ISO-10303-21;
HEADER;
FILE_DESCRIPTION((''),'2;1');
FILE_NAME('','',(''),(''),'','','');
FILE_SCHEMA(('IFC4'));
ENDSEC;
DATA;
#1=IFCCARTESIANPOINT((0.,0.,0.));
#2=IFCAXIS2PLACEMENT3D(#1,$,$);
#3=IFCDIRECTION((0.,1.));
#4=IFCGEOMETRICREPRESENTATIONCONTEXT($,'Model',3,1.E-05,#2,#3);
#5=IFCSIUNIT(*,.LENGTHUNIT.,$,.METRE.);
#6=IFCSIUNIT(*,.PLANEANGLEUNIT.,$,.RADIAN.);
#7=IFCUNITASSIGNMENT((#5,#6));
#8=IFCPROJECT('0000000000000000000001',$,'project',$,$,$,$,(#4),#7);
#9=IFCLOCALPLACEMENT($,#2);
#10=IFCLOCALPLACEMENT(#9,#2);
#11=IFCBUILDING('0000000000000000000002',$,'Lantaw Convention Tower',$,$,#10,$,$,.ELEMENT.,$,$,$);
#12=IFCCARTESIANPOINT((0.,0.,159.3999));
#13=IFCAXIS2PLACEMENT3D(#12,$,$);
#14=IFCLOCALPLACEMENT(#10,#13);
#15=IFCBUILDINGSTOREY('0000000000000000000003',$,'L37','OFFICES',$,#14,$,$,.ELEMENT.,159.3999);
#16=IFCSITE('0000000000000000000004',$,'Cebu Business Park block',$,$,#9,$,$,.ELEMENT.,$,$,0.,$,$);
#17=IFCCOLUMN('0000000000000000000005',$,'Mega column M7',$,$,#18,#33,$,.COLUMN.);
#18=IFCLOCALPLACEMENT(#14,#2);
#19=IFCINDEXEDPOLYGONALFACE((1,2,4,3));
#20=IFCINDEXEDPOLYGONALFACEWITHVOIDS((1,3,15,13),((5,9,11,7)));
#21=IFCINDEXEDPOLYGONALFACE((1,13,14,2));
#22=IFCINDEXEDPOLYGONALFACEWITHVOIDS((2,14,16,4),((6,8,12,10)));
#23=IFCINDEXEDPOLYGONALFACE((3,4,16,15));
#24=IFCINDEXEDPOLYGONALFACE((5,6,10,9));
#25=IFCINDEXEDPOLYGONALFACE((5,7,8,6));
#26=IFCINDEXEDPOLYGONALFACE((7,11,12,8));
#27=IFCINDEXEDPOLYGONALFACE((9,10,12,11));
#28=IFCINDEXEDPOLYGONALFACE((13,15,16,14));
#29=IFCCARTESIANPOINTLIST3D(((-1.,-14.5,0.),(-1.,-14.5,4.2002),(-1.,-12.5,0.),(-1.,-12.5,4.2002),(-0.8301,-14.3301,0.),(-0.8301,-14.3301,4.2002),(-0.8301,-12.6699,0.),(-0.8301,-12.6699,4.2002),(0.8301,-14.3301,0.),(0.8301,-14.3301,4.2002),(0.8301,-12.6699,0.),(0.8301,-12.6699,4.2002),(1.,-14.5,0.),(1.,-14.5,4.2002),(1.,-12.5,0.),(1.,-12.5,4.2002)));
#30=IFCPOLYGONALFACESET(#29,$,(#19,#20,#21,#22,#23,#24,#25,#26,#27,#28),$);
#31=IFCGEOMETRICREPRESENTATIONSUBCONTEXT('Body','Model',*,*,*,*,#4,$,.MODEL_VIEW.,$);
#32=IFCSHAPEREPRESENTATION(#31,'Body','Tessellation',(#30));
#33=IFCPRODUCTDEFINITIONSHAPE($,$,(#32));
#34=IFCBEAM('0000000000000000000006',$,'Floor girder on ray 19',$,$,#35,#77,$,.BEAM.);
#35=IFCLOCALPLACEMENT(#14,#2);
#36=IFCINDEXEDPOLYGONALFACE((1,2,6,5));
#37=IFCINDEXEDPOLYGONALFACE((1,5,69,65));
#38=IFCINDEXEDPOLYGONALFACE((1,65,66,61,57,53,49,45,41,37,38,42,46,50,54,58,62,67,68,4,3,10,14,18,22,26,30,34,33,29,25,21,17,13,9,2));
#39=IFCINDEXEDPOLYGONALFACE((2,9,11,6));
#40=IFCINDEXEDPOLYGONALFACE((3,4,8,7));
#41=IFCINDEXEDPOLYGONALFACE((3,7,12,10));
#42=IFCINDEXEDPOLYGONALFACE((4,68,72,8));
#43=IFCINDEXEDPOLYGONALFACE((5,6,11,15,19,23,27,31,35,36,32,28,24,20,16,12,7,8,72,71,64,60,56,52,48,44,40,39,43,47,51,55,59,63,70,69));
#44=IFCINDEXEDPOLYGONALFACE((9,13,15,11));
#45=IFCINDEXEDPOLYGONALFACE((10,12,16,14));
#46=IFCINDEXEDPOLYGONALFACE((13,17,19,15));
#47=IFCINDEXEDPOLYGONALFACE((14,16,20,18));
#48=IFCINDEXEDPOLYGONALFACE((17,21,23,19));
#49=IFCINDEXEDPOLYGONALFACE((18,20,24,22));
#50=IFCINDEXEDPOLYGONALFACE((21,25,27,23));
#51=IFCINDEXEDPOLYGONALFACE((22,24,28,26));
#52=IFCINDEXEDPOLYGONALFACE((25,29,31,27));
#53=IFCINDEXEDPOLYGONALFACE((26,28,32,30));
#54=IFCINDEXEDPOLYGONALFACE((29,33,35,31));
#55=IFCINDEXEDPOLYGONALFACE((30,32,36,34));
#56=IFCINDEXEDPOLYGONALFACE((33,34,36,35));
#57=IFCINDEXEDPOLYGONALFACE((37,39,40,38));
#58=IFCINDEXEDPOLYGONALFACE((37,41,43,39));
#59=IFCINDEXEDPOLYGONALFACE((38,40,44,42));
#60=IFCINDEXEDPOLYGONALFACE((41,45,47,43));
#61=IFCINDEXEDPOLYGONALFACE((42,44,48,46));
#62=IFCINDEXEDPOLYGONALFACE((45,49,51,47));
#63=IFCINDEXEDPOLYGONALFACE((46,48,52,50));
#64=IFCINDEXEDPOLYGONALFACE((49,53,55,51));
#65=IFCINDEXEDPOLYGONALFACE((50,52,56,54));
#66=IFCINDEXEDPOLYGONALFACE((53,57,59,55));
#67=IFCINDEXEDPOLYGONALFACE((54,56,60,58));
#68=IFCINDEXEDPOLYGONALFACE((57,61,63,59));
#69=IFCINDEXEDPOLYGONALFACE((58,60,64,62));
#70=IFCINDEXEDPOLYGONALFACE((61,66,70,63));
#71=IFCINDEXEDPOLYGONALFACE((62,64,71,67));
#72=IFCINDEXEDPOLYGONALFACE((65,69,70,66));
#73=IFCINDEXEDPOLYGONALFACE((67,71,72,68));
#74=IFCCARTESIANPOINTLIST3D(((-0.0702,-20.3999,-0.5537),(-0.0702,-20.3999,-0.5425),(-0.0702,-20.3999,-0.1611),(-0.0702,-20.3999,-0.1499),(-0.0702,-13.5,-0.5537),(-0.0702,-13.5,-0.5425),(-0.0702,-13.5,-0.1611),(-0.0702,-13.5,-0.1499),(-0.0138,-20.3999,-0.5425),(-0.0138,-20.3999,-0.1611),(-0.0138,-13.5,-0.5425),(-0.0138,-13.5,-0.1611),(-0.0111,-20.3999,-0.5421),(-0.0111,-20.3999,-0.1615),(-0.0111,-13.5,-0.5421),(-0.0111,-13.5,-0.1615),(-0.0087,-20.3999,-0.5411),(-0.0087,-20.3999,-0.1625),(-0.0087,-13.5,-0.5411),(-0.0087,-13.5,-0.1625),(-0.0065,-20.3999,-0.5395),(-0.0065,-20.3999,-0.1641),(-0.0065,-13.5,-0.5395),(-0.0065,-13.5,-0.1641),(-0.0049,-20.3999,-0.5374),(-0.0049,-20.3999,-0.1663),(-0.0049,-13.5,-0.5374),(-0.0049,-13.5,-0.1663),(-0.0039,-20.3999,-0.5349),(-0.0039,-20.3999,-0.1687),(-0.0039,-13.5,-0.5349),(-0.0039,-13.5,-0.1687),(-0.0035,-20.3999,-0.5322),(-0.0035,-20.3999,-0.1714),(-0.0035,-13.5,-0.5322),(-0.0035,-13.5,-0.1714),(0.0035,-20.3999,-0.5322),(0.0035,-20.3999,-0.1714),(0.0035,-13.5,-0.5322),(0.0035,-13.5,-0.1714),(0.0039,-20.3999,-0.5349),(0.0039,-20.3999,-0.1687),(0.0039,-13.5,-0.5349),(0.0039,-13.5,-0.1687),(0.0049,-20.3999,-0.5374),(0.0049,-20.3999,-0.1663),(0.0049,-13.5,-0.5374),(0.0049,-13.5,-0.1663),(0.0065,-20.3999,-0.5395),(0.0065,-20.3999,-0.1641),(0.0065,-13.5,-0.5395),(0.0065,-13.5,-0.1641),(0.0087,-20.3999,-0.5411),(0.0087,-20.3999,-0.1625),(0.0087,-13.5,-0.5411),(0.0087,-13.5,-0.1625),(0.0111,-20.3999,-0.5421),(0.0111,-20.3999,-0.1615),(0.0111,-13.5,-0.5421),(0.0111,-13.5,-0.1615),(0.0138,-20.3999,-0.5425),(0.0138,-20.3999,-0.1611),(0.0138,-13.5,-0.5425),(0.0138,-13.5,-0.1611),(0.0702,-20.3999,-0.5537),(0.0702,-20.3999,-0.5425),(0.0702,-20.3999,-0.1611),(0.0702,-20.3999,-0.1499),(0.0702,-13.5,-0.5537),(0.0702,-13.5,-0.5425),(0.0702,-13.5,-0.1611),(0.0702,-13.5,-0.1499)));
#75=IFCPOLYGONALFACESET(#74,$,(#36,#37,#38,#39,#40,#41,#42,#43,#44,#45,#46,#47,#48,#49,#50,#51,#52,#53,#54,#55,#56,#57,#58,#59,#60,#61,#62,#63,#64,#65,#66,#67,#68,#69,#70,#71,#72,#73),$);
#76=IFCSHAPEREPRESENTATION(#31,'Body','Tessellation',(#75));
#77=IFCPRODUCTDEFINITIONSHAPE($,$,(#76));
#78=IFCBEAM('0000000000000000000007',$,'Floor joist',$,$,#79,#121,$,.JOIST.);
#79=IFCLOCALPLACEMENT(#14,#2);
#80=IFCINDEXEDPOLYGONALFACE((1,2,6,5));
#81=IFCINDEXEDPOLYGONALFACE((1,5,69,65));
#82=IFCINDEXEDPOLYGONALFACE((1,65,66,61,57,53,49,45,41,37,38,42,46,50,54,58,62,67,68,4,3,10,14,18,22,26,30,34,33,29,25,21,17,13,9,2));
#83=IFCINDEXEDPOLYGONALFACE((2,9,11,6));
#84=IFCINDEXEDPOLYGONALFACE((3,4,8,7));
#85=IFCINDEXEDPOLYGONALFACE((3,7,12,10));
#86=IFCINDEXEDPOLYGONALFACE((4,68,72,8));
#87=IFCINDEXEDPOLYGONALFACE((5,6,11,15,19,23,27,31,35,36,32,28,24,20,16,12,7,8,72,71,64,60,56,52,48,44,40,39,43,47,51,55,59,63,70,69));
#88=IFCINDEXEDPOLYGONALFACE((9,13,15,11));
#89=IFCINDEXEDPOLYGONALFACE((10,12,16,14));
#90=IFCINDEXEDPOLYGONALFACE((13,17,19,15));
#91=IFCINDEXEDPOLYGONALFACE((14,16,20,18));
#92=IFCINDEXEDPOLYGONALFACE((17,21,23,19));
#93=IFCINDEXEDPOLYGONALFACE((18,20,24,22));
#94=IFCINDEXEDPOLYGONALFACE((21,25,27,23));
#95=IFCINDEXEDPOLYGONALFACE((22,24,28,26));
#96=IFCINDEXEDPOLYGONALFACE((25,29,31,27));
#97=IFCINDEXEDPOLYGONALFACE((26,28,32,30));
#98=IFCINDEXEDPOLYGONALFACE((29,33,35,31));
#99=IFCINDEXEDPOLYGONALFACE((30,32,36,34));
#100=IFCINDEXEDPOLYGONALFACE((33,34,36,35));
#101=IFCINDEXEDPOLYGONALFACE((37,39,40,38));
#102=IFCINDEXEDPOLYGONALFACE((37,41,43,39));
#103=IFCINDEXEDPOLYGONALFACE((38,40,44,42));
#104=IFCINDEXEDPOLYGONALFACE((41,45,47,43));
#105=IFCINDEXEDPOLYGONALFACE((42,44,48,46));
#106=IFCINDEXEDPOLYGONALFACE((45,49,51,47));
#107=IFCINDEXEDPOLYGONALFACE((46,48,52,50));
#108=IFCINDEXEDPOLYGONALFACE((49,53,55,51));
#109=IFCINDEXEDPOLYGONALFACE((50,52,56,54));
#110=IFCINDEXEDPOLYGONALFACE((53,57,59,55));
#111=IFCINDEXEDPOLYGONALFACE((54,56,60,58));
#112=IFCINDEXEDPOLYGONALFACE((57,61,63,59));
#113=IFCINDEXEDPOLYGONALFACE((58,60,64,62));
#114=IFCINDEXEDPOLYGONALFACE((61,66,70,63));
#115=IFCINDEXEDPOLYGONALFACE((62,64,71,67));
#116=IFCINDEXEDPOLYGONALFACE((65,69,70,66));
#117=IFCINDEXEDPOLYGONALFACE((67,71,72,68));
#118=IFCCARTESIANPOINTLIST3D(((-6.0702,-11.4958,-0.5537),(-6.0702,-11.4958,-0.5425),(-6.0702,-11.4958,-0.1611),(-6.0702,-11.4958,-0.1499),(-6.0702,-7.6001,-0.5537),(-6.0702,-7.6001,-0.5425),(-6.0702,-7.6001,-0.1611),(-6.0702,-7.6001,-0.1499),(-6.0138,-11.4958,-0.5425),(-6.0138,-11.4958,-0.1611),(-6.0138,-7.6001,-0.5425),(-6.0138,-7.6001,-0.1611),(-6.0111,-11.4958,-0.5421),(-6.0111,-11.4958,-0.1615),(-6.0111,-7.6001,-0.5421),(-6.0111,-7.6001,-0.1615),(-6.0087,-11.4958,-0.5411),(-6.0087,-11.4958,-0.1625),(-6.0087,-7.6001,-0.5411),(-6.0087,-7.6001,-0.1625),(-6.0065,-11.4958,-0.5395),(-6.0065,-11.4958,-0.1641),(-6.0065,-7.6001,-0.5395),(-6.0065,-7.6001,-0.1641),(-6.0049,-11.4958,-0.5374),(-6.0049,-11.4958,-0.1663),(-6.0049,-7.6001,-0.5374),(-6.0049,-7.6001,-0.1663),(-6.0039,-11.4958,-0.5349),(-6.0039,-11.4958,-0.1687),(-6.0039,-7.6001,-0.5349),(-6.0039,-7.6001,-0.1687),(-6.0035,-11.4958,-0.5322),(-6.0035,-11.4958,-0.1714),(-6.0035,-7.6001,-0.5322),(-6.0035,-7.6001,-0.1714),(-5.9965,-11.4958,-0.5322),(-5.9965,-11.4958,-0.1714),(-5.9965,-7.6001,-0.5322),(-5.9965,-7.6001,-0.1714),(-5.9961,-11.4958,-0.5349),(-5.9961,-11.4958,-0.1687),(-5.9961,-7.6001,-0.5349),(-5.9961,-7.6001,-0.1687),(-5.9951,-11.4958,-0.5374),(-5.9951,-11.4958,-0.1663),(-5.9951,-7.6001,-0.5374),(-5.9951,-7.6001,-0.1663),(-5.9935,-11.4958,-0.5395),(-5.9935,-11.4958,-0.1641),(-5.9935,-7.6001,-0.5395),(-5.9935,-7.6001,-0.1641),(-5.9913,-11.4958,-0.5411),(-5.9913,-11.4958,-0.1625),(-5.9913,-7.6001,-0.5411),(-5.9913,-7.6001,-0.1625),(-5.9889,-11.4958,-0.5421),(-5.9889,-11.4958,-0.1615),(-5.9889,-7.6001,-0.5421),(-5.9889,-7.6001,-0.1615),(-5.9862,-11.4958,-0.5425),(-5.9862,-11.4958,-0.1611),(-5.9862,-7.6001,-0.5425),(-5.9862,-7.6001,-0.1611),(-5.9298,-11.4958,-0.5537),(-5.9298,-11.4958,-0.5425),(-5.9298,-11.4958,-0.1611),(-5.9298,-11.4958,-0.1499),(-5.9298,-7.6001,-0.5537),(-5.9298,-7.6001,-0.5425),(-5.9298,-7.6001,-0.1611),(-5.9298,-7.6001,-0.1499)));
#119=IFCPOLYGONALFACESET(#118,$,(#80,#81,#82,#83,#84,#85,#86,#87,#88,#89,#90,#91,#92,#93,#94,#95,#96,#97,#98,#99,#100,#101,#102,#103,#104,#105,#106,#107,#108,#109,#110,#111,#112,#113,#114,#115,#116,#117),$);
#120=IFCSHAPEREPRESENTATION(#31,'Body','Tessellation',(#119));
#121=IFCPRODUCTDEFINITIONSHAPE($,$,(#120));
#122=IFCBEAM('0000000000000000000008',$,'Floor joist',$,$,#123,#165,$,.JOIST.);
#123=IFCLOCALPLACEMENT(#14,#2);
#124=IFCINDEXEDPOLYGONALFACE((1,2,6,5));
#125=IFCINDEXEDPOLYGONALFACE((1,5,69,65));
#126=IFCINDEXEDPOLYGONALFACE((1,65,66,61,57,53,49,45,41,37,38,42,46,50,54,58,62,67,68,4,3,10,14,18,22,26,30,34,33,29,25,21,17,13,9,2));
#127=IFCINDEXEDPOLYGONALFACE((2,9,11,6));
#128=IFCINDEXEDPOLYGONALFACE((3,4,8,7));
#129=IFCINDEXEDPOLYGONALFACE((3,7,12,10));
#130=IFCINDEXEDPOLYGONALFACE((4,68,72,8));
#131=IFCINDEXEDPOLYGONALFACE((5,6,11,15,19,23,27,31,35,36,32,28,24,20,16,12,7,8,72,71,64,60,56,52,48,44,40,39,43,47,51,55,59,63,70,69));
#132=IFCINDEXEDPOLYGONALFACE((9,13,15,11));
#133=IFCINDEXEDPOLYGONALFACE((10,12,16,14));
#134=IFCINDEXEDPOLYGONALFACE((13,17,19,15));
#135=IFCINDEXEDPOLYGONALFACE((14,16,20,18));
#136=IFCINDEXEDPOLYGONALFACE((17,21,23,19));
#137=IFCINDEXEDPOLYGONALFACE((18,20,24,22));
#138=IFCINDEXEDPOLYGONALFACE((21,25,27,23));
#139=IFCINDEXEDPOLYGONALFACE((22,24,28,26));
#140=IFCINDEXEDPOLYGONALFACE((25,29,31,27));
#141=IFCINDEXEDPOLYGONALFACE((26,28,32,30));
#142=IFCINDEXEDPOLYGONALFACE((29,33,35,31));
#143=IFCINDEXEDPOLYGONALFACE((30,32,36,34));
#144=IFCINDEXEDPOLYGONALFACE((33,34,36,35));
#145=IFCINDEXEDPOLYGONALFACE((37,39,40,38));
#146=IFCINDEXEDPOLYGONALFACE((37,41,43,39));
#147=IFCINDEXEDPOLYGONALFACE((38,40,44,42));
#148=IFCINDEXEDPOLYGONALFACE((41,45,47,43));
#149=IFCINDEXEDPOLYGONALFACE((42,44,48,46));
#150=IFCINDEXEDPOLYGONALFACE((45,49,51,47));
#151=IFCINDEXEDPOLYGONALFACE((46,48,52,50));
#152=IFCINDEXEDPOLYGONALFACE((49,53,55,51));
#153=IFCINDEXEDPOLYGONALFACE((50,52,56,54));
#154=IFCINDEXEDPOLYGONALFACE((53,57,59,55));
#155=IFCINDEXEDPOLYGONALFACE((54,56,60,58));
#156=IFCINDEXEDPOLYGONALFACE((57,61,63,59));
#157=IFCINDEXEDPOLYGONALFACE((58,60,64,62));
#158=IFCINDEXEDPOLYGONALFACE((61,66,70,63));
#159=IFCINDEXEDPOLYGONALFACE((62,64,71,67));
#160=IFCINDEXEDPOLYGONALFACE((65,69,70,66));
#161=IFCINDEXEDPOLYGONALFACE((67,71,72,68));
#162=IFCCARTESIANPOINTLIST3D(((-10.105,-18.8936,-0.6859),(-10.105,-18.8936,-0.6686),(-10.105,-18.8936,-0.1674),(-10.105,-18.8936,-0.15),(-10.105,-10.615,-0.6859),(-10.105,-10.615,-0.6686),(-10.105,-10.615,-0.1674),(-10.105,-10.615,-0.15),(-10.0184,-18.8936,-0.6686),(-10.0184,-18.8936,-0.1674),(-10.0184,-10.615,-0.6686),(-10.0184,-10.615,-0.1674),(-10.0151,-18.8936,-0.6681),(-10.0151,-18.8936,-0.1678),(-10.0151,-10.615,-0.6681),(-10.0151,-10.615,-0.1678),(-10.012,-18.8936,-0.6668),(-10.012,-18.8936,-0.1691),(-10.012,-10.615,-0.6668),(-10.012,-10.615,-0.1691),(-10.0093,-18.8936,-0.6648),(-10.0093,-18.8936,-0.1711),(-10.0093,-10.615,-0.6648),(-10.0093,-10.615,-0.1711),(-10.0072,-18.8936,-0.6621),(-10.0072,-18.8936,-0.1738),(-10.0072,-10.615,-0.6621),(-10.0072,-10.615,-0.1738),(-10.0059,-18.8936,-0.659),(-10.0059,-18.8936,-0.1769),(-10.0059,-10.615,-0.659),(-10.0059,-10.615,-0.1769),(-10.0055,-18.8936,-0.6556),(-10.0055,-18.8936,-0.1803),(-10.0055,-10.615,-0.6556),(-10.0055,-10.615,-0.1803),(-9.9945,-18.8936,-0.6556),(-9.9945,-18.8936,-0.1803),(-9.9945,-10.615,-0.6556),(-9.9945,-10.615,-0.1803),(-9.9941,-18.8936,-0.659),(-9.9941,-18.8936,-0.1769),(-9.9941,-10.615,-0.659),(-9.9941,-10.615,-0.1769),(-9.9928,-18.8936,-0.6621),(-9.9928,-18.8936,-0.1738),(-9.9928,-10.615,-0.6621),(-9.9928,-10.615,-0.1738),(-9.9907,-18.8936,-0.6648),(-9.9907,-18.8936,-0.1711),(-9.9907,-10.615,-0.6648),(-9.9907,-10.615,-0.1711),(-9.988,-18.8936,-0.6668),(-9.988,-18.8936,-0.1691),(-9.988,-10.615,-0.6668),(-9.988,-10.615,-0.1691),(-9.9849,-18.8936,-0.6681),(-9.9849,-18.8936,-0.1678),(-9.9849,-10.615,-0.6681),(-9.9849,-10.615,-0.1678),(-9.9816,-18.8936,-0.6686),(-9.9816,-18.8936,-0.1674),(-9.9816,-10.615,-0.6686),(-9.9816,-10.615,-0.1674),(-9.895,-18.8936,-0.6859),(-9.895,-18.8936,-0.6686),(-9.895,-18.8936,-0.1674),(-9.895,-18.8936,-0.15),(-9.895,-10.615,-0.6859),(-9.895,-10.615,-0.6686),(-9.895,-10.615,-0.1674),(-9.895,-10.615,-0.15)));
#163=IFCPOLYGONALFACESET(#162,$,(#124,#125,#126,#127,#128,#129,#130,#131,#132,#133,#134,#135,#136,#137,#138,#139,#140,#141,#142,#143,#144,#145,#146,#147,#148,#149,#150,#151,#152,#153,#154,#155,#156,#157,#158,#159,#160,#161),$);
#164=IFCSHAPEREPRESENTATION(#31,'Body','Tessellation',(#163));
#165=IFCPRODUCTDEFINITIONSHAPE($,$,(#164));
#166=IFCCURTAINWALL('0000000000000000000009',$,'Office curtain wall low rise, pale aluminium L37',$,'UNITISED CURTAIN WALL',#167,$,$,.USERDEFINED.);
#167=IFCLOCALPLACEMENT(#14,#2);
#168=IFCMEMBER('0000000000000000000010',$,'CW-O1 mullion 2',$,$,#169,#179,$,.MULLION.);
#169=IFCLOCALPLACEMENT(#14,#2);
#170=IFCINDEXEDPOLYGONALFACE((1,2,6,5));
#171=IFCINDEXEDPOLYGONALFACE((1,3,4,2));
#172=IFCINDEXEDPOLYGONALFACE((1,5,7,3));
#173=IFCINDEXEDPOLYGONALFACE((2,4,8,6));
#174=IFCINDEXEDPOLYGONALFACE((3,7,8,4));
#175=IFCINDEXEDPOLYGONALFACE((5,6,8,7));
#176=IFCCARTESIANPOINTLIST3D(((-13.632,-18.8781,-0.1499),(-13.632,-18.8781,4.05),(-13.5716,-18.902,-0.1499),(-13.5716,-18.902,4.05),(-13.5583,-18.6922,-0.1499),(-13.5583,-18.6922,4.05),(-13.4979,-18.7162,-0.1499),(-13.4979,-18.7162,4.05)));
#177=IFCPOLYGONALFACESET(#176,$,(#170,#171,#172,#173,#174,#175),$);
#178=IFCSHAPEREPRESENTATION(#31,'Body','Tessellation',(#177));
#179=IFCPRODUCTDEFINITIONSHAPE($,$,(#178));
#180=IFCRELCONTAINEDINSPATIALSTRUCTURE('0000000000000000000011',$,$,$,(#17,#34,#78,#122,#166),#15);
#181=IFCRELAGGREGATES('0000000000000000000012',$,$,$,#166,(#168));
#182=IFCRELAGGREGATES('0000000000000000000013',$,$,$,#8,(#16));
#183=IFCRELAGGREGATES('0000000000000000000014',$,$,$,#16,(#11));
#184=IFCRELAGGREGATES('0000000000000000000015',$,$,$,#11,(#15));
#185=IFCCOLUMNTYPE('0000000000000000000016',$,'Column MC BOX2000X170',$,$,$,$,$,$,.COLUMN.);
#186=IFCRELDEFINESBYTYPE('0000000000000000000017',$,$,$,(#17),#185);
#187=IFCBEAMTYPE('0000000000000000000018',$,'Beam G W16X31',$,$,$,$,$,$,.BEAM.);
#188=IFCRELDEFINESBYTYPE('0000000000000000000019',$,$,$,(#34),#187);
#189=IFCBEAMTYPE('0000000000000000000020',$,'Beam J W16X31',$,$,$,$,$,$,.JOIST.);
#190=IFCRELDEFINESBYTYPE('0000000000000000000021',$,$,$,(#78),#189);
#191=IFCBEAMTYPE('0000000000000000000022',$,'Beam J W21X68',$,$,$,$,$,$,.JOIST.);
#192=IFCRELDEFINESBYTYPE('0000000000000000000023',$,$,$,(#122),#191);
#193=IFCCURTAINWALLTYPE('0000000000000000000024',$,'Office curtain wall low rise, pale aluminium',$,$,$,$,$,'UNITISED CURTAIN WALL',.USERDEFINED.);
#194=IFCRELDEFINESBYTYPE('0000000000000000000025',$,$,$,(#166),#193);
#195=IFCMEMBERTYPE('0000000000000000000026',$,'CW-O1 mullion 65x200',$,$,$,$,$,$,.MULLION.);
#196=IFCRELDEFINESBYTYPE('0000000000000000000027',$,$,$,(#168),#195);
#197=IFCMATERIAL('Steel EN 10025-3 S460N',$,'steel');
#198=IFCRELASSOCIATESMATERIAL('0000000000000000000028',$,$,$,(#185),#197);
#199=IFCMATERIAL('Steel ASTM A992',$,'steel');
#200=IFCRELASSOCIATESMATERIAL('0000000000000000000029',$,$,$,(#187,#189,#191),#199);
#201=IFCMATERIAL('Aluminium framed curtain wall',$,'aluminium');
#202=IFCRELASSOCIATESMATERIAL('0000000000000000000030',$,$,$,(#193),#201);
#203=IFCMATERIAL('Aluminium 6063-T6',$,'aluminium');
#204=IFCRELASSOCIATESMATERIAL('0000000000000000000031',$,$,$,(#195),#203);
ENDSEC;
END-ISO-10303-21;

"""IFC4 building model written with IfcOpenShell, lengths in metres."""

from ifc_helpers import new_model, si_unit, direction, frame, origin, origin_2d, place, context, subcontext, project, spatial, rectangle, hollow_rectangle, i_section, extrude, material, material_profile, profile_set, type_object, element, aggregate, save


model = new_model("IFC4")

# Units and contexts
model_context = context("Model", 3, precision=1e-05, world=origin(), true_north=direction((0.0, 1.0)))
body_context = subcontext(model_context, "Body", "Model", "MODEL_VIEW")
ifc_project = project(units=[si_unit("LENGTHUNIT", "METRE"), si_unit("PLANEANGLEUNIT", "RADIAN")], contexts=[model_context])

# Site, building, storey
site_placement = place(None, origin())
site = spatial("IfcSite", under=ifc_project, at=site_placement, Name="Cebu Business Park block", CompositionType="ELEMENT", RefElevation=0.0)
building_placement = place(site_placement, origin())
building = spatial("IfcBuilding", under=site, at=building_placement, Name="Lantaw Convention Tower", CompositionType="ELEMENT")
storey_placement = place(building_placement, frame((0.0, 0.0, 159.3999)))
storey = spatial("IfcBuildingStorey", under=building, at=storey_placement, Name="L37", Description="OFFICES", CompositionType="ELEMENT", Elevation=159.3999)

# Column
ifc_material_1 = material(Name="Steel EN 10025-3 S460N", Category="steel")
ifc_material_profile_1 = material_profile(ifc_material_1, hollow_rectangle(XDim=2.0, YDim=2.0, WallThickness=0.1699, at=origin_2d()), Name="BOX2000X170")
ifc_material_2 = material(Name="Concrete C60/75", Category="concrete")
ifc_material_profile_2 = material_profile(ifc_material_2, rectangle(XDim=1.6599, YDim=1.6599, at=origin_2d()), Name="Concrete fill of BOX2000X170")
ifc_profile_set_1 = profile_set([ifc_material_profile_1, ifc_material_profile_2], Name="Steel EN 10025-3 S460N")
column_type = type_object("IfcColumnType", Name="Column MC BOX2000X170", PredefinedType="COLUMN", material=ifc_profile_set_1)
column_placement = place(storey_placement, frame((0.0, -13.5, 0.0), z_axis=(0.0, 0.0, 1.0), x_axis=(1.0, 0.0, 0.0)))
element("IfcColumn", 1, at=column_placement, inside=storey, type_object=column_type, Name="Mega column M7", PredefinedType="COLUMN", context=body_context, shape_type="SweptSolid", body=[
    extrude(hollow_rectangle(XDim=2.0, YDim=2.0, WallThickness=0.1699, at=origin_2d()), origin(), (0.0, 0.0, 1.0), 4.2002),
])

# Beams
ifc_material_3 = material(Name="Steel ASTM A992", Category="steel")
ifc_material_profile_3 = material_profile(ifc_material_3, i_section(OverallWidth=0.1404, OverallDepth=0.4038, WebThickness=0.0071, FlangeThickness=0.0112, FilletRadius=0.0103, at=origin_2d()), Name="W16X31")
ifc_profile_set_2 = profile_set([ifc_material_profile_3], Name="Steel ASTM A992")
beam_type_1 = type_object("IfcBeamType", Name="Beam G W16X31", PredefinedType="BEAM", material=ifc_profile_set_2)
beam_1_placement = place(storey_placement, frame((0.0, -13.5, -0.3518), z_axis=(0.0, -1.0, 0.0), x_axis=(1.0, 0.0, 0.0)))
element("IfcBeam", 2, at=beam_1_placement, inside=storey, type_object=beam_type_1, Name="Floor girder on ray 19", PredefinedType="BEAM", context=body_context, shape_type="SweptSolid", body=[
    extrude(i_section(OverallWidth=0.1404, OverallDepth=0.4038, WebThickness=0.0071, FlangeThickness=0.0112, FilletRadius=0.0103, at=origin_2d()), origin(), (0.0, 0.0, 1.0), 6.8999),
])
ifc_material_profile_4 = material_profile(ifc_material_3, i_section(OverallWidth=0.1404, OverallDepth=0.4038, WebThickness=0.0071, FlangeThickness=0.0112, FilletRadius=0.0103, at=origin_2d()), Name="W16X31")
ifc_profile_set_3 = profile_set([ifc_material_profile_4], Name="Steel ASTM A992")
beam_type_2 = type_object("IfcBeamType", Name="Beam J W16X31", PredefinedType="JOIST", material=ifc_profile_set_3)
beam_2_placement = place(storey_placement, frame((-6.0, -11.4958, -0.3518), z_axis=(0.0, 1.0, 0.0), x_axis=(-1.0, 0.0, 0.0)))
element("IfcBeam", 3, at=beam_2_placement, inside=storey, type_object=beam_type_2, Name="Floor joist", PredefinedType="JOIST", context=body_context, shape_type="SweptSolid", body=[
    extrude(i_section(OverallWidth=0.1404, OverallDepth=0.4038, WebThickness=0.0071, FlangeThickness=0.0112, FilletRadius=0.0103, at=origin_2d()), origin(), (0.0, 0.0, 1.0), 3.8958),
])
ifc_material_profile_5 = material_profile(ifc_material_3, i_section(OverallWidth=0.21, OverallDepth=0.5359, WebThickness=0.011, FlangeThickness=0.0173, FilletRadius=0.0129, at=origin_2d()), Name="W21X68")
ifc_profile_set_4 = profile_set([ifc_material_profile_5], Name="Steel ASTM A992")
beam_type_3 = type_object("IfcBeamType", Name="Beam J W21X68", PredefinedType="JOIST", material=ifc_profile_set_4)
beam_3_placement = place(storey_placement, frame((-10.0, -18.8936, -0.418), z_axis=(0.0, 1.0, 0.0), x_axis=(-1.0, 0.0, 0.0)))
element("IfcBeam", 4, at=beam_3_placement, inside=storey, type_object=beam_type_3, Name="Floor joist", PredefinedType="JOIST", context=body_context, shape_type="SweptSolid", body=[
    extrude(i_section(OverallWidth=0.21, OverallDepth=0.5359, WebThickness=0.011, FlangeThickness=0.0173, FilletRadius=0.0129, at=origin_2d()), origin(), (0.0, 0.0, 1.0), 8.2786),
])

# Curtain wall, member
ifc_material_4 = material(Name="Aluminium framed curtain wall", Category="aluminium")
curtain_wall_type = type_object("IfcCurtainWallType", Name="Office curtain wall low rise, pale aluminium", ElementType="UNITISED CURTAIN WALL", PredefinedType="USERDEFINED", material=ifc_material_4)
curtain_wall_placement = place(storey_placement, origin())
curtain_wall = element("IfcCurtainWall", 5, at=curtain_wall_placement, inside=storey, type_object=curtain_wall_type, Name="Office curtain wall low rise, pale aluminium L37", ObjectType="UNITISED CURTAIN WALL", PredefinedType="USERDEFINED")
ifc_material_5 = material(Name="Aluminium 6063-T6", Category="aluminium")
ifc_material_profile_6 = material_profile(ifc_material_5, rectangle(XDim=0.2, YDim=0.0649, at=origin_2d()), Name="CW-O1 mullion 65x200")
ifc_profile_set_5 = profile_set([ifc_material_profile_6], Name="Aluminium 6063-T6")
member_type_1 = type_object("IfcMemberType", Name="CW-O1 mullion 65x200", PredefinedType="MULLION", material=ifc_profile_set_5)
member_1_placement = place(storey_placement, frame((-13.5649, -18.7971, -0.1499), z_axis=(0.0, 0.0, 1.0), x_axis=(0.368702, 0.929548, 0.0)))
member_1 = element("IfcMember", 6, at=member_1_placement, type_object=member_type_1, Name="CW-O1 mullion 2", PredefinedType="MULLION", context=body_context, shape_type="SweptSolid", body=[
    extrude(rectangle(XDim=0.2, YDim=0.0649, at=origin_2d()), origin(), (0.0, 0.0, 1.0), 4.2),
])
aggregate(curtain_wall, [member_1])

save(model, "model.ifc")
